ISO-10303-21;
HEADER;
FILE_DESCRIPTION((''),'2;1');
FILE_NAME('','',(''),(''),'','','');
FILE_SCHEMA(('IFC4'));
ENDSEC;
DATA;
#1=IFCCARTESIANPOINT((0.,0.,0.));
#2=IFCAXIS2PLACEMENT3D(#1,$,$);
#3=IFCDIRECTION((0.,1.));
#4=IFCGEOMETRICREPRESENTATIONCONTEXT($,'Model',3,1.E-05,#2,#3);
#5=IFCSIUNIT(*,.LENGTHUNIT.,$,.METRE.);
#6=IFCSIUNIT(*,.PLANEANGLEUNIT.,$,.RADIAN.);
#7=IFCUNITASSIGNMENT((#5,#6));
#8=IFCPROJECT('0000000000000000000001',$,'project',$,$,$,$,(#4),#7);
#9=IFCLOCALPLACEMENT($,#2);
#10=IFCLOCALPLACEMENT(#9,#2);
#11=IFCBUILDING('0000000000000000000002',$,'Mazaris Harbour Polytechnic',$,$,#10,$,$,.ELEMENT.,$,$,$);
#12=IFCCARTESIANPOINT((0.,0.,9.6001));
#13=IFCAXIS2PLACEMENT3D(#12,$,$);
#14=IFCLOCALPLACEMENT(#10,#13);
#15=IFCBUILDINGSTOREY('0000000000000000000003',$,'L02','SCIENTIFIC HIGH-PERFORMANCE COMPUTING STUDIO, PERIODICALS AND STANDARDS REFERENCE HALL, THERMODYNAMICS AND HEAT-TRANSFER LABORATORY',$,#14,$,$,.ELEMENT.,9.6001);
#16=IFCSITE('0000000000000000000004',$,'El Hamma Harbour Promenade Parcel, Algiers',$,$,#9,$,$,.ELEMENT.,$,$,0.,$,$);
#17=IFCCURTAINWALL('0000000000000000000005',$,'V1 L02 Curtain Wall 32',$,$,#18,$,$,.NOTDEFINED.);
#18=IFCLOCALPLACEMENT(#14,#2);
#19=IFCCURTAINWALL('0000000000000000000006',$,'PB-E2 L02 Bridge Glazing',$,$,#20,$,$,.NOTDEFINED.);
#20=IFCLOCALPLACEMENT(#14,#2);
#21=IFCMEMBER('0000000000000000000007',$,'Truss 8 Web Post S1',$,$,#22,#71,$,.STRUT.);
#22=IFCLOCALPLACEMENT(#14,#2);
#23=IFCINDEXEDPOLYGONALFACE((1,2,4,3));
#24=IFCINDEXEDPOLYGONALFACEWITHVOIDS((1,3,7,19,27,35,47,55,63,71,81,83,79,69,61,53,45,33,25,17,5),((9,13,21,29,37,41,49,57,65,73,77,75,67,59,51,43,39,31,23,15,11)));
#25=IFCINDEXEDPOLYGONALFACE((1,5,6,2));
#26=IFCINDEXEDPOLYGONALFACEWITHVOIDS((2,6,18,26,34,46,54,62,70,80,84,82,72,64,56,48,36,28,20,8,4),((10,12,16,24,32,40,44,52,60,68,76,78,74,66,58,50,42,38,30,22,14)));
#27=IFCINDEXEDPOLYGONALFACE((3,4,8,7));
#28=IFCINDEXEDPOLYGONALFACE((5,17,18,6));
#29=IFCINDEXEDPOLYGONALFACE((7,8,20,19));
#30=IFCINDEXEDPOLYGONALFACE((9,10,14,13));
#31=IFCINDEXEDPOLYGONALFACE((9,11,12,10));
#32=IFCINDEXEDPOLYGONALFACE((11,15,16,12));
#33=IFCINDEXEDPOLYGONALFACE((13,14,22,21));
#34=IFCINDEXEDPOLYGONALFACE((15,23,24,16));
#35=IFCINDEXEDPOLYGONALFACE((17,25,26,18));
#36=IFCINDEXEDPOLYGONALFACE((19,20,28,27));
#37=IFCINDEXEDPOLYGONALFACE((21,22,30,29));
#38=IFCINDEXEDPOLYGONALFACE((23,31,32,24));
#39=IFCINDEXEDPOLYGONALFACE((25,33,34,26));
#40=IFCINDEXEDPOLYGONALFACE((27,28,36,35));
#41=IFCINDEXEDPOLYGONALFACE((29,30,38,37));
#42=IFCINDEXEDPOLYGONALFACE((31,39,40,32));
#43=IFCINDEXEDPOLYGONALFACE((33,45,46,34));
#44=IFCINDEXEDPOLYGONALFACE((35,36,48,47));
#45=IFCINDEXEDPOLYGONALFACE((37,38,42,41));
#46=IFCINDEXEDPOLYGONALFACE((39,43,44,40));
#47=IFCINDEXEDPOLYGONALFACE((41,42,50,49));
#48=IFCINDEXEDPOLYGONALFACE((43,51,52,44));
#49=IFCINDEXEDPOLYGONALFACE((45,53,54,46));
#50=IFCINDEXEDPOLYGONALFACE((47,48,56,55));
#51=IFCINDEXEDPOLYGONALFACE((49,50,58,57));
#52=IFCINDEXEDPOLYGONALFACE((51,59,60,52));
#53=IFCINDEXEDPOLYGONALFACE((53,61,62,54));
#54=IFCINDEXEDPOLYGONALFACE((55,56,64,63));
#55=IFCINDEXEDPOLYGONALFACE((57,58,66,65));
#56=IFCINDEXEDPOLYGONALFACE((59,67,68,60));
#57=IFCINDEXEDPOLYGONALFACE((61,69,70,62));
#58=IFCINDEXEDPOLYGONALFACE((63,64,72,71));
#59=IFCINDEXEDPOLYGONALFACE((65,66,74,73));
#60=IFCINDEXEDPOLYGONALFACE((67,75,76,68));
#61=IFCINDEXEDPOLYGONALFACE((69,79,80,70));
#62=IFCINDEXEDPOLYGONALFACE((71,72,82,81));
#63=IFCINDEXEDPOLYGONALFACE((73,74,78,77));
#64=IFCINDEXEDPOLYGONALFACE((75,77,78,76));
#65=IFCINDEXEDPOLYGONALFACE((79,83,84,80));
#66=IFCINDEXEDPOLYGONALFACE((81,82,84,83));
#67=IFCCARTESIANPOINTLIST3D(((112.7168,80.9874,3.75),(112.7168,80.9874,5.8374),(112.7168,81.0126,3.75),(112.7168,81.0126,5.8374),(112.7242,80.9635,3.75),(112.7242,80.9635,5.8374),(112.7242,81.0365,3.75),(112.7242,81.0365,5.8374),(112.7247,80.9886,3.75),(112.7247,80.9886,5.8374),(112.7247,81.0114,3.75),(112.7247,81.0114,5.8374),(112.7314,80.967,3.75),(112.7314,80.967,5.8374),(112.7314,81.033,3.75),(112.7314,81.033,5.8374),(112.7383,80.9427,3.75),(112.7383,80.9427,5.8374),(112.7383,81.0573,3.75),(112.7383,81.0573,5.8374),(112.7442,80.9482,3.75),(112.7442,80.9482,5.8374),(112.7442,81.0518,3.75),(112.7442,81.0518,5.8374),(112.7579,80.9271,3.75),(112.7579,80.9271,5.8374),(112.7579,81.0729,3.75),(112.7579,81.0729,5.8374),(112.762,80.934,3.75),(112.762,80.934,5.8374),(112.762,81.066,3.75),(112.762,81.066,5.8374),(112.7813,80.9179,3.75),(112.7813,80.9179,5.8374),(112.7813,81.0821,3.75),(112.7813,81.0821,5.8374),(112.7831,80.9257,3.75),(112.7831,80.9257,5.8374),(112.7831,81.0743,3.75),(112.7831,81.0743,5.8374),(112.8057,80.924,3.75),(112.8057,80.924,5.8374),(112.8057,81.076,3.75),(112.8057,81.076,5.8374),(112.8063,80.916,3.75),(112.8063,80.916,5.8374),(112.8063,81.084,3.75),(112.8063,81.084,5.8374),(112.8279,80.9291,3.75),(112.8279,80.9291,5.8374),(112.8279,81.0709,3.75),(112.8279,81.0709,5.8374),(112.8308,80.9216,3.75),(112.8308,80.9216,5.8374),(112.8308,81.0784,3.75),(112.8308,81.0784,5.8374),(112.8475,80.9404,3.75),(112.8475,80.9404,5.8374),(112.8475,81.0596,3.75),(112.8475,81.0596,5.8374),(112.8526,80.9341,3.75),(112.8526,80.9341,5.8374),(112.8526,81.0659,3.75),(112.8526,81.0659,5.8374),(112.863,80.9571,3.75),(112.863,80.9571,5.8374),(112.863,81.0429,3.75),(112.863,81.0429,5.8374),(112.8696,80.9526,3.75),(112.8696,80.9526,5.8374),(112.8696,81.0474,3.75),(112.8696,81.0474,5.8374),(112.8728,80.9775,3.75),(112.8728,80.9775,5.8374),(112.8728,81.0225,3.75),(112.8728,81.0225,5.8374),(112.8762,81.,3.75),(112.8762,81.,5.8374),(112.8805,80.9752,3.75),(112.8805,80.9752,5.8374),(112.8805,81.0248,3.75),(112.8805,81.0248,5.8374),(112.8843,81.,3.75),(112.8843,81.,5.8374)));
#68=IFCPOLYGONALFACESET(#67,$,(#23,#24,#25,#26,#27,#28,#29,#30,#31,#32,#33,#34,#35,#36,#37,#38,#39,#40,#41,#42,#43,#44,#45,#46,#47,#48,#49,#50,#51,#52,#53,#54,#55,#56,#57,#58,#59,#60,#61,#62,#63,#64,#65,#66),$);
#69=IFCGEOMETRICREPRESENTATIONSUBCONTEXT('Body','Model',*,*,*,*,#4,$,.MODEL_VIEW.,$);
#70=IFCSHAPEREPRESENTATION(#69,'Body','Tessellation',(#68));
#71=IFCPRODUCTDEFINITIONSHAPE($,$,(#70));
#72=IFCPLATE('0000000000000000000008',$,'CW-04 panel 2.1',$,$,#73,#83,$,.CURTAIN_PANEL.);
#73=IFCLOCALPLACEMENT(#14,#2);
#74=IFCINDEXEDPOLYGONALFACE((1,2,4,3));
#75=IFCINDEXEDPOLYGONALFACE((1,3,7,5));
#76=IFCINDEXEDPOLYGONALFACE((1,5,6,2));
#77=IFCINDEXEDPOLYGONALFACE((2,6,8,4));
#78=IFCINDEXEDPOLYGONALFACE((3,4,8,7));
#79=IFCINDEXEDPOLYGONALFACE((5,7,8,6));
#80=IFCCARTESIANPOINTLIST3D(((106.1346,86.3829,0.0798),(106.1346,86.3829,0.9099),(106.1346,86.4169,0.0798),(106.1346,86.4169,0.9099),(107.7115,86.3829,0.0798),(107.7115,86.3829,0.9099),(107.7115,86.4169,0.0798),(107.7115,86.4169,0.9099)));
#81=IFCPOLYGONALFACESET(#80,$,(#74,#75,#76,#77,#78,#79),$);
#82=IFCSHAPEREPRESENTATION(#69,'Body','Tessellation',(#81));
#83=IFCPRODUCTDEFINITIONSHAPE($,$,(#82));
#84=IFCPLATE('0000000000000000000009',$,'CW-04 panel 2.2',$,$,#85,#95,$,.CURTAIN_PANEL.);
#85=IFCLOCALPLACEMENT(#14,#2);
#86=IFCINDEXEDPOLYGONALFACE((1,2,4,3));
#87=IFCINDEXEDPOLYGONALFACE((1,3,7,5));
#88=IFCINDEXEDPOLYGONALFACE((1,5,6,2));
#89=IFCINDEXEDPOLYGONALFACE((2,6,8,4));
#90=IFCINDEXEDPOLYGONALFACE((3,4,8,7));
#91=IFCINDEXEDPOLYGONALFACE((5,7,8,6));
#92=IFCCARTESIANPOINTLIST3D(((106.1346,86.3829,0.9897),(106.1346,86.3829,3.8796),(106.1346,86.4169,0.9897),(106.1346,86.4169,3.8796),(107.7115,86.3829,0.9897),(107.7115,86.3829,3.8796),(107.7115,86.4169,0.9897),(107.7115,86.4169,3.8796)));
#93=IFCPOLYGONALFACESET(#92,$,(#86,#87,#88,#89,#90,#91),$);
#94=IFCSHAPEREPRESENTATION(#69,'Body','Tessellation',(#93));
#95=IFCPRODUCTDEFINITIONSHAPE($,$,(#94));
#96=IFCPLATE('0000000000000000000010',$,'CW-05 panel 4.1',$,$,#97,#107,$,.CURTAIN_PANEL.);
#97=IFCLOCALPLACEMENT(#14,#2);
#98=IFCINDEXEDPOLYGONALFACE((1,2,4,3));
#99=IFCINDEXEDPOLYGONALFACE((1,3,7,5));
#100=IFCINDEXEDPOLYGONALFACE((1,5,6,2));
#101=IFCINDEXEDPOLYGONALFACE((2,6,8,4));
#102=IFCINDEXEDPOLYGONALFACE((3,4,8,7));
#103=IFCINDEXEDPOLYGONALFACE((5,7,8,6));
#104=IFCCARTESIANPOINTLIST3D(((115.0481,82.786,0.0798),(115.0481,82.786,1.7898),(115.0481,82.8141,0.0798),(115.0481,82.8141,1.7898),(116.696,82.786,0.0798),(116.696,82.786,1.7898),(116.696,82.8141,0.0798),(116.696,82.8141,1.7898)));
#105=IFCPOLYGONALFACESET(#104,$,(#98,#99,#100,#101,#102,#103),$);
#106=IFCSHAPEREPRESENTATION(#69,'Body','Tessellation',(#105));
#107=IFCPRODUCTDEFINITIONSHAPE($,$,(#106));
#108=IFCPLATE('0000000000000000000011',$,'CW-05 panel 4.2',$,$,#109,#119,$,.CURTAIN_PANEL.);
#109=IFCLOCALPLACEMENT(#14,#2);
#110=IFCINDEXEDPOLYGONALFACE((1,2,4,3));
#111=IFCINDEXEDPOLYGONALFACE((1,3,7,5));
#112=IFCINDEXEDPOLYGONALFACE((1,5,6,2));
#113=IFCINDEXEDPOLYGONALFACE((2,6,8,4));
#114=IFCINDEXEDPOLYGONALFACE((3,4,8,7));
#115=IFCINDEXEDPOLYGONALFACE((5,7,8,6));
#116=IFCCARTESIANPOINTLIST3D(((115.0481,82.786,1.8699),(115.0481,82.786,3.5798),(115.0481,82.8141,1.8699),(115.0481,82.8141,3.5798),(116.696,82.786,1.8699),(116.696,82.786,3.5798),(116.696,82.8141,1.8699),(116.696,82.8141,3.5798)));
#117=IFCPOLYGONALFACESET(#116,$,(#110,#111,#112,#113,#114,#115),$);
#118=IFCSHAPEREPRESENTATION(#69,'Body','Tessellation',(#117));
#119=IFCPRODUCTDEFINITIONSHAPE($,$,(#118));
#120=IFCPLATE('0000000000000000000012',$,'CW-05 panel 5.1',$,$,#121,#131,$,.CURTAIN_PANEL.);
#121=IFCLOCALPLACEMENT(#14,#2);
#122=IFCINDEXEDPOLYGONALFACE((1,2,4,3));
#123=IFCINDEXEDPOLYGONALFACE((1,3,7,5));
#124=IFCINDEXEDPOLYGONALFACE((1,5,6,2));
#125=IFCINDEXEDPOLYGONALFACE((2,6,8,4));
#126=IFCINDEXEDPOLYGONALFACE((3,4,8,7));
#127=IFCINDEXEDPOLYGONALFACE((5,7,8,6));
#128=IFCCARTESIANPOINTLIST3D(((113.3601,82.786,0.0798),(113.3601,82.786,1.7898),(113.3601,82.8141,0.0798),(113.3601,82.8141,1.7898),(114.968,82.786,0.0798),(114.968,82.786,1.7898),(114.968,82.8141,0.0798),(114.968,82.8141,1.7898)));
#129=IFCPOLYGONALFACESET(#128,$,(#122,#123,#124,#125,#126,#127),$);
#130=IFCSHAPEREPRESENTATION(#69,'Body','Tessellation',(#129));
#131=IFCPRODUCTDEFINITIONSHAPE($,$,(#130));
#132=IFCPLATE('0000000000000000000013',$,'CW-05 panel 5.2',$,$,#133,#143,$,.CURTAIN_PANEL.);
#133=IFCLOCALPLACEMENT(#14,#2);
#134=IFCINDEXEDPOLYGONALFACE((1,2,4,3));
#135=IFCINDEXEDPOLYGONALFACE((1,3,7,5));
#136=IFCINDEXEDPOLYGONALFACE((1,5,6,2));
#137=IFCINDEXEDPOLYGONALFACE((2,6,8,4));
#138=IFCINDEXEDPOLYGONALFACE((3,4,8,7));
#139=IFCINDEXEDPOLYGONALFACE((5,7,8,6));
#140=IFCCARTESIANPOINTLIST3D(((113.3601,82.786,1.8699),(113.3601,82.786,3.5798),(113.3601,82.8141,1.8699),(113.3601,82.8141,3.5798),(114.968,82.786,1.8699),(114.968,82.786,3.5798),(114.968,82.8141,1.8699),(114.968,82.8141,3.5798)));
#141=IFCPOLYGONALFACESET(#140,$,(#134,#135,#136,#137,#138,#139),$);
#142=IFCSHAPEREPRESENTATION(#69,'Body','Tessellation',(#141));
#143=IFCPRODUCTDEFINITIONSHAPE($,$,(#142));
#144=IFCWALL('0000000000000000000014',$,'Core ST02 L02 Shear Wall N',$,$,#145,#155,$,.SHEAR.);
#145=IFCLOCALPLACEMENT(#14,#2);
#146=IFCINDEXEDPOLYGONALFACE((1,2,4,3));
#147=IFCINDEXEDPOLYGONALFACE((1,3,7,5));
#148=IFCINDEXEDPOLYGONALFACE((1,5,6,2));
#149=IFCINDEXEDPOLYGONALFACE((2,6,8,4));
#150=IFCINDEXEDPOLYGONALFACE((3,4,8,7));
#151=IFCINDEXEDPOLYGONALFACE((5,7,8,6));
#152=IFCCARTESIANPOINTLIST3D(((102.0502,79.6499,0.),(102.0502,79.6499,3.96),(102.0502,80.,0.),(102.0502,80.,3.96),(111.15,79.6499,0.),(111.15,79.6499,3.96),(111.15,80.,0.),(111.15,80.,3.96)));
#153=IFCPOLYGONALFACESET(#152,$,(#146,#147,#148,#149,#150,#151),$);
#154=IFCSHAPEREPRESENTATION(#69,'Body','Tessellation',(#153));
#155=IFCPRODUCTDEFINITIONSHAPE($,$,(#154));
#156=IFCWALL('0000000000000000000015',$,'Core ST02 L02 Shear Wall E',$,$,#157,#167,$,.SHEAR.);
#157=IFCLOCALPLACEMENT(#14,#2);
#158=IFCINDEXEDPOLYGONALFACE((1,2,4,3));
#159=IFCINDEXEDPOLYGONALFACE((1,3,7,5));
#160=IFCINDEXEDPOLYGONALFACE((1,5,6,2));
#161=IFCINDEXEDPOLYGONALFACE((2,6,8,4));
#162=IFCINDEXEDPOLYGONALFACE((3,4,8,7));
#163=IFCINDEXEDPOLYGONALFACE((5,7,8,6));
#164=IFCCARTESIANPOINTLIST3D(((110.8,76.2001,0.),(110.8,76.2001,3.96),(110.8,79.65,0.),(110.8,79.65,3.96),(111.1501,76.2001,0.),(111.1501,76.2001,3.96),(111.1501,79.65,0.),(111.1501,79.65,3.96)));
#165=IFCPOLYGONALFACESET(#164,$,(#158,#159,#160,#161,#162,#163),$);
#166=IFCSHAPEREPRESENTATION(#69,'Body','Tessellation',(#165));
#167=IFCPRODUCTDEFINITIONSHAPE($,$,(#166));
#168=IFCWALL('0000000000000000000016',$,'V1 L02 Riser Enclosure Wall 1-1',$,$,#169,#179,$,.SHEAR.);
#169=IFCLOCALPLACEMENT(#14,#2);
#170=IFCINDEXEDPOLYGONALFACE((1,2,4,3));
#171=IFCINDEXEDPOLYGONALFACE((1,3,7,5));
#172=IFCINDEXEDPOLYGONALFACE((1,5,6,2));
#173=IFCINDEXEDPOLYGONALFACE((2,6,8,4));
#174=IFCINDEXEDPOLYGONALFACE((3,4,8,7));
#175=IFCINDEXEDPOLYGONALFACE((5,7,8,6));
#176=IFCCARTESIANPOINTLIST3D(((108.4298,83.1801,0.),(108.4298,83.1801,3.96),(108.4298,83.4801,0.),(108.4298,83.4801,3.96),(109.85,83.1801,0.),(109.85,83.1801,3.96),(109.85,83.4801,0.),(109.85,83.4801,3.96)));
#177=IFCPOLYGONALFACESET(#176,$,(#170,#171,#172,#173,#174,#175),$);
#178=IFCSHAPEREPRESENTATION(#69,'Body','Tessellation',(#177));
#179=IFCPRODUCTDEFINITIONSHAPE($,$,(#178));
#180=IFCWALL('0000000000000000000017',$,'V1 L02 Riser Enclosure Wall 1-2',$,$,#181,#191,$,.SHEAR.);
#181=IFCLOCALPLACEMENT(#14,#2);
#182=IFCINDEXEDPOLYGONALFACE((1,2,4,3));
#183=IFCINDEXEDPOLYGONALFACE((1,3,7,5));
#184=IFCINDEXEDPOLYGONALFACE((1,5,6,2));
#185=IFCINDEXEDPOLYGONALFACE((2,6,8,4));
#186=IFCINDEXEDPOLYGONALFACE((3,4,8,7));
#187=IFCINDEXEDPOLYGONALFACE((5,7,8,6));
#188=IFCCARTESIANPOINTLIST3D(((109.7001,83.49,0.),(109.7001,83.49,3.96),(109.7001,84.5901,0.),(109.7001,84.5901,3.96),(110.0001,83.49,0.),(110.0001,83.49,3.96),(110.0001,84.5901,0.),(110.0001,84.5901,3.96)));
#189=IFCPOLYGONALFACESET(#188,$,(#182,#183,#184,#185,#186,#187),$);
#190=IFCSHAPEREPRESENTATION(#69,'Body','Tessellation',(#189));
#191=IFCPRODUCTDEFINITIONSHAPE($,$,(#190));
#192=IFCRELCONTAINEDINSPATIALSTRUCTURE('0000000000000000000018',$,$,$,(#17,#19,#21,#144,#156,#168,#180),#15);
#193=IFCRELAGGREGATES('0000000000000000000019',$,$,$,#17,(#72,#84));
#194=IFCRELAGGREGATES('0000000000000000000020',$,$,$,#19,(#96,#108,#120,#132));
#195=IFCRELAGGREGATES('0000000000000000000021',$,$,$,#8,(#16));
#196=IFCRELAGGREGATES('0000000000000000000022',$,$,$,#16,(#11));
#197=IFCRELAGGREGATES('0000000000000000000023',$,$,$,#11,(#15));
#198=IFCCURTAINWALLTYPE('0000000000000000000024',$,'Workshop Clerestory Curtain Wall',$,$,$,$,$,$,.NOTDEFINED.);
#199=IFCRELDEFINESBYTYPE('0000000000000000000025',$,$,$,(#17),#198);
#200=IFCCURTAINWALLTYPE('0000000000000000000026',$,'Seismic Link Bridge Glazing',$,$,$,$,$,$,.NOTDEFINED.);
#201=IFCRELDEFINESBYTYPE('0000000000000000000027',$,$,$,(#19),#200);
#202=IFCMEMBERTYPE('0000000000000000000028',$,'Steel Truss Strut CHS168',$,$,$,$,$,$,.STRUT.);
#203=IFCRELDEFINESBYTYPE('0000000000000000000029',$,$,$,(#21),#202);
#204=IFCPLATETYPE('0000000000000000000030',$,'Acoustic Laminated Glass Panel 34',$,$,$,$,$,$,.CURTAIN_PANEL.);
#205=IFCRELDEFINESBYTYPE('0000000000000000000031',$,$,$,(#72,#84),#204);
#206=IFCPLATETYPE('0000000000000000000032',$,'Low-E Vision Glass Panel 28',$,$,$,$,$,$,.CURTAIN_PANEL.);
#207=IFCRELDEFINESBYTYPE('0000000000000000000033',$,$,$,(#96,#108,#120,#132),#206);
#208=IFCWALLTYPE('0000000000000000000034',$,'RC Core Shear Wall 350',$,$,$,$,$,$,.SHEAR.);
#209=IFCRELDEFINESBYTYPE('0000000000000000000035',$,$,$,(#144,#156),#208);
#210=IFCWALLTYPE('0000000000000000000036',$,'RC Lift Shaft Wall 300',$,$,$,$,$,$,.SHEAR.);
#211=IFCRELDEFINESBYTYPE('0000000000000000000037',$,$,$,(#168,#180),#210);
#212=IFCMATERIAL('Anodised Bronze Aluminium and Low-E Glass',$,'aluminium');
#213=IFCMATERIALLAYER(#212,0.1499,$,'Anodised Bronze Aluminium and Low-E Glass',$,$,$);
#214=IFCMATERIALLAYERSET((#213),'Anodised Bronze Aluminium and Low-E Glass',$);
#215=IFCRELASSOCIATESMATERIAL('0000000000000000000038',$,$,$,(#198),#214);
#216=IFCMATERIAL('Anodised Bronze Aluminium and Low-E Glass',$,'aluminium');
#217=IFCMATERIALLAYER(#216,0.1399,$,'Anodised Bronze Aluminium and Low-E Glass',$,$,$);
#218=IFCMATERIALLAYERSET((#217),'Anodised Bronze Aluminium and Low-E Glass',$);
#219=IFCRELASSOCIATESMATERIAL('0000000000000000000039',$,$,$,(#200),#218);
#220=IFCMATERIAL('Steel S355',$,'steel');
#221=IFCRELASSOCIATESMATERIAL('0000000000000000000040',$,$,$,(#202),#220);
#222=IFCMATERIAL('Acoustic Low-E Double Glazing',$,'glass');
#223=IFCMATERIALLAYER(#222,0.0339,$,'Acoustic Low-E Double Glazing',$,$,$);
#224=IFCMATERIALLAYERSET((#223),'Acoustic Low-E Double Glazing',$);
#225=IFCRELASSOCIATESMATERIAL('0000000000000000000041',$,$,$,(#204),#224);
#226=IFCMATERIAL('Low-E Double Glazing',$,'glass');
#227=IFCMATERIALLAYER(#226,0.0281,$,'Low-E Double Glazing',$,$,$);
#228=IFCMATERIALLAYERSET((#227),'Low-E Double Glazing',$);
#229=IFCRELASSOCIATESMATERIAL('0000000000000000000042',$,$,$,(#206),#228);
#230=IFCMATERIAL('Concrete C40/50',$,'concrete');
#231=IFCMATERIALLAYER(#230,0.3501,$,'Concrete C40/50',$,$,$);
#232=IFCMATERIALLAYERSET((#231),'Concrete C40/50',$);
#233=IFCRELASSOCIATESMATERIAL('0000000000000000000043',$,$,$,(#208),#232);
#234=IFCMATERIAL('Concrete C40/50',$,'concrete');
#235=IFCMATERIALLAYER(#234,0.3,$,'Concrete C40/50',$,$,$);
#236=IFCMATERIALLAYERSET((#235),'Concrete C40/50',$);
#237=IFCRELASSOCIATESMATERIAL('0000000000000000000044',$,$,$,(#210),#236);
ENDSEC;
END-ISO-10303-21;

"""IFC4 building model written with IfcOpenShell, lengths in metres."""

from ifc_helpers import new_model, si_unit, direction, frame, frame_2d, origin, origin_2d, place, context, subcontext, project, spatial, rectangle, hollow_circle, extrude, material, layer, layer_set, material_profile, profile_set, type_object, element, aggregate, save


model = new_model("IFC4")

# Units and contexts
model_context = context("Model", 3, precision=1e-05, world=origin(), true_north=direction((0.0, 1.0)))
body_context = subcontext(model_context, "Body", "Model", "MODEL_VIEW")
ifc_project = project(units=[si_unit("LENGTHUNIT", "METRE"), si_unit("PLANEANGLEUNIT", "RADIAN")], contexts=[model_context])

# Site, building, storey
site_placement = place(None, origin())
site = spatial("IfcSite", under=ifc_project, at=site_placement, Name="El Hamma Harbour Promenade Parcel, Algiers", CompositionType="ELEMENT", RefElevation=0.0)
building_placement = place(site_placement, origin())
building = spatial("IfcBuilding", under=site, at=building_placement, Name="Mazaris Harbour Polytechnic", CompositionType="ELEMENT")
storey_placement = place(building_placement, frame((0.0, 0.0, 9.6001)))
storey = spatial("IfcBuildingStorey", under=building, at=storey_placement, Name="L02", Description="SCIENTIFIC HIGH-PERFORMANCE COMPUTING STUDIO, PERIODICALS AND STANDARDS REFERENCE HALL, THERMODYNAMICS AND HEAT-TRANSFER LABORATORY", CompositionType="ELEMENT", Elevation=9.6001)

# Curtain walls
ifc_material_1 = material(Name="Anodised Bronze Aluminium and Low-E Glass", Category="aluminium")
ifc_layer_1 = layer(ifc_material_1, 0.1499, Name="Anodised Bronze Aluminium and Low-E Glass")
ifc_layer_set_1 = layer_set([ifc_layer_1], Name="Anodised Bronze Aluminium and Low-E Glass")
curtain_wall_type_1 = type_object("IfcCurtainWallType", Name="Workshop Clerestory Curtain Wall", PredefinedType="NOTDEFINED", material=ifc_layer_set_1)
curtain_wall_1_placement = place(storey_placement, origin())
curtain_wall_1 = element("IfcCurtainWall", 1, at=curtain_wall_1_placement, inside=storey, type_object=curtain_wall_type_1, Name="V1 L02 Curtain Wall 32", PredefinedType="NOTDEFINED")
ifc_material_2 = material(Name="Anodised Bronze Aluminium and Low-E Glass", Category="aluminium")
ifc_layer_2 = layer(ifc_material_2, 0.1399, Name="Anodised Bronze Aluminium and Low-E Glass")
ifc_layer_set_2 = layer_set([ifc_layer_2], Name="Anodised Bronze Aluminium and Low-E Glass")
curtain_wall_type_2 = type_object("IfcCurtainWallType", Name="Seismic Link Bridge Glazing", PredefinedType="NOTDEFINED", material=ifc_layer_set_2)
curtain_wall_2_placement = place(storey_placement, origin())
curtain_wall_2 = element("IfcCurtainWall", 2, at=curtain_wall_2_placement, inside=storey, type_object=curtain_wall_type_2, Name="PB-E2 L02 Bridge Glazing", PredefinedType="NOTDEFINED")

# Member
ifc_material_3 = material(Name="Steel S355", Category="steel")
ifc_material_profile_1 = material_profile(ifc_material_3, hollow_circle(Radius=0.0842, WallThickness=0.0081, at=origin_2d()), Name="CHS 168.3x8.0")
ifc_profile_set_1 = profile_set([ifc_material_profile_1], Name="Steel S355")
member_type_1 = type_object("IfcMemberType", Name="Steel Truss Strut CHS168", PredefinedType="STRUT", material=ifc_profile_set_1)
member_1_placement = place(storey_placement, frame((112.8, 81.0, 3.75), z_axis=(0.0, 0.0, 1.0), x_axis=(1.0, 0.0, 0.0)))
element("IfcMember", 3, at=member_1_placement, inside=storey, type_object=member_type_1, Name="Truss 8 Web Post S1", PredefinedType="STRUT", context=body_context, shape_type="SweptSolid", body=[
    extrude(hollow_circle(Radius=0.0842, WallThickness=0.0081, at=origin_2d()), origin(), (0.0, 0.0, 1.0), 2.0874),
])

# Plates
ifc_material_4 = material(Name="Acoustic Low-E Double Glazing", Category="glass")
ifc_layer_3 = layer(ifc_material_4, 0.0339, Name="Acoustic Low-E Double Glazing")
ifc_layer_set_3 = layer_set([ifc_layer_3], Name="Acoustic Low-E Double Glazing")
plate_type_1 = type_object("IfcPlateType", Name="Acoustic Laminated Glass Panel 34", PredefinedType="CURTAIN_PANEL", material=ifc_layer_set_3)
plate_1_placement = place(storey_placement, frame((106.9231, 86.3999, 0.0798), z_axis=(0.0, 0.0, 1.0), x_axis=(1.0, 0.0, 0.0)))
plate_1 = element("IfcPlate", 4, at=plate_1_placement, type_object=plate_type_1, Name="CW-04 panel 2.1", PredefinedType="CURTAIN_PANEL", context=body_context, shape_type="SweptSolid", body=[
    extrude(rectangle(XDim=1.5769, YDim=0.0339, at=origin_2d()), origin(), (0.0, 0.0, 1.0), 0.8301),
])
plate_2_placement = place(storey_placement, frame((106.9231, 86.3999, 0.9897), z_axis=(0.0, 0.0, 1.0), x_axis=(1.0, 0.0, 0.0)))
plate_2 = element("IfcPlate", 5, at=plate_2_placement, type_object=plate_type_1, Name="CW-04 panel 2.2", PredefinedType="CURTAIN_PANEL", context=body_context, shape_type="SweptSolid", body=[
    extrude(rectangle(XDim=1.5769, YDim=0.0339, at=origin_2d()), origin(), (0.0, 0.0, 1.0), 2.8899),
])
aggregate(curtain_wall_1, [plate_1, plate_2])
ifc_material_5 = material(Name="Low-E Double Glazing", Category="glass")
ifc_layer_4 = layer(ifc_material_5, 0.0281, Name="Low-E Double Glazing")
ifc_layer_set_4 = layer_set([ifc_layer_4], Name="Low-E Double Glazing")
plate_type_2 = type_object("IfcPlateType", Name="Low-E Vision Glass Panel 28", PredefinedType="CURTAIN_PANEL", material=ifc_layer_set_4)
plate_3_placement = place(storey_placement, frame((115.8721, 82.8, 0.0798), z_axis=(0.0, 0.0, 1.0), x_axis=(-1.0, 0.0, 0.0)))
plate_3 = element("IfcPlate", 6, at=plate_3_placement, type_object=plate_type_2, Name="CW-05 panel 4.1", PredefinedType="CURTAIN_PANEL", context=body_context, shape_type="SweptSolid", body=[
    extrude(rectangle(XDim=1.6479, YDim=0.0281, at=origin_2d()), origin(), (0.0, 0.0, 1.0), 1.71),
])
plate_4_placement = place(storey_placement, frame((115.8721, 82.8, 1.8699), z_axis=(0.0, 0.0, 1.0), x_axis=(-1.0, 0.0, 0.0)))
plate_4 = element("IfcPlate", 7, at=plate_4_placement, type_object=plate_type_2, Name="CW-05 panel 4.2", PredefinedType="CURTAIN_PANEL", context=body_context, shape_type="SweptSolid", body=[
    extrude(rectangle(XDim=1.6479, YDim=0.0281, at=origin_2d()), origin(), (0.0, 0.0, 1.0), 1.71),
])
plate_5_placement = place(storey_placement, frame((114.1641, 82.8, 0.0798), z_axis=(0.0, 0.0, 1.0), x_axis=(-1.0, 0.0, 0.0)))
plate_5 = element("IfcPlate", 8, at=plate_5_placement, type_object=plate_type_2, Name="CW-05 panel 5.1", PredefinedType="CURTAIN_PANEL", context=body_context, shape_type="SweptSolid", body=[
    extrude(rectangle(XDim=1.6079, YDim=0.0281, at=origin_2d()), origin(), (0.0, 0.0, 1.0), 1.71),
])
plate_6_placement = place(storey_placement, frame((114.1641, 82.8, 1.8699), z_axis=(0.0, 0.0, 1.0), x_axis=(-1.0, 0.0, 0.0)))
plate_6 = element("IfcPlate", 9, at=plate_6_placement, type_object=plate_type_2, Name="CW-05 panel 5.2", PredefinedType="CURTAIN_PANEL", context=body_context, shape_type="SweptSolid", body=[
    extrude(rectangle(XDim=1.6079, YDim=0.0281, at=origin_2d()), origin(), (0.0, 0.0, 1.0), 1.71),
])
aggregate(curtain_wall_2, [plate_3, plate_4, plate_5, plate_6])

# Walls
ifc_material_6 = material(Name="Concrete C40/50", Category="concrete")
ifc_layer_5 = layer(ifc_material_6, 0.3501, Name="Concrete C40/50")
ifc_layer_set_5 = layer_set([ifc_layer_5], Name="Concrete C40/50")
wall_type_1 = type_object("IfcWallType", Name="RC Core Shear Wall 350", PredefinedType="SHEAR", material=ifc_layer_set_5)
wall_1_placement = place(storey_placement, frame((111.1499, 79.825, 0.0), z_axis=(0.0, 0.0, 1.0), x_axis=(-1.0, 0.0, 0.0)))
element("IfcWall", 10, at=wall_1_placement, inside=storey, type_object=wall_type_1, Name="Core ST02 L02 Shear Wall N", PredefinedType="SHEAR", context=body_context, shape_type="SweptSolid", body=[
    extrude(rectangle(XDim=9.0999, YDim=0.3501, at=frame_2d((4.5498, 0.0))), origin(), (0.0, 0.0, 1.0), 3.96),
])
wall_2_placement = place(storey_placement, frame((110.9751, 76.2, 0.0), z_axis=(0.0, 0.0, 1.0), x_axis=(0.0, 1.0, 0.0)))
element("IfcWall", 11, at=wall_2_placement, inside=storey, type_object=wall_type_1, Name="Core ST02 L02 Shear Wall E", PredefinedType="SHEAR", context=body_context, shape_type="SweptSolid", body=[
    extrude(rectangle(XDim=3.45, YDim=0.3501, at=frame_2d((1.7251, 0.0))), origin(), (0.0, 0.0, 1.0), 3.96),
])
ifc_material_7 = material(Name="Concrete C40/50", Category="concrete")
ifc_layer_6 = layer(ifc_material_7, 0.3, Name="Concrete C40/50")
ifc_layer_set_6 = layer_set([ifc_layer_6], Name="Concrete C40/50")
wall_type_2 = type_object("IfcWallType", Name="RC Lift Shaft Wall 300", PredefinedType="SHEAR", material=ifc_layer_set_6)
wall_3_placement = place(storey_placement, frame((108.4299, 83.3301, 0.0), z_axis=(0.0, 0.0, 1.0), x_axis=(1.0, 0.0, 0.0)))
element("IfcWall", 12, at=wall_3_placement, inside=storey, type_object=wall_type_2, Name="V1 L02 Riser Enclosure Wall 1-1", PredefinedType="SHEAR", context=body_context, shape_type="SweptSolid", body=[
    extrude(rectangle(XDim=1.4202, YDim=0.3, at=frame_2d((0.71, 0.0))), origin(), (0.0, 0.0, 1.0), 3.96),
])
wall_4_placement = place(storey_placement, frame((109.8501, 83.49, 0.0), z_axis=(0.0, 0.0, 1.0), x_axis=(0.0, 1.0, 0.0)))
element("IfcWall", 13, at=wall_4_placement, inside=storey, type_object=wall_type_2, Name="V1 L02 Riser Enclosure Wall 1-2", PredefinedType="SHEAR", context=body_context, shape_type="SweptSolid", body=[
    extrude(rectangle(XDim=1.1001, YDim=0.3, at=frame_2d((0.55, 0.0))), origin(), (0.0, 0.0, 1.0), 3.96),
])

save(model, "model.ifc")
